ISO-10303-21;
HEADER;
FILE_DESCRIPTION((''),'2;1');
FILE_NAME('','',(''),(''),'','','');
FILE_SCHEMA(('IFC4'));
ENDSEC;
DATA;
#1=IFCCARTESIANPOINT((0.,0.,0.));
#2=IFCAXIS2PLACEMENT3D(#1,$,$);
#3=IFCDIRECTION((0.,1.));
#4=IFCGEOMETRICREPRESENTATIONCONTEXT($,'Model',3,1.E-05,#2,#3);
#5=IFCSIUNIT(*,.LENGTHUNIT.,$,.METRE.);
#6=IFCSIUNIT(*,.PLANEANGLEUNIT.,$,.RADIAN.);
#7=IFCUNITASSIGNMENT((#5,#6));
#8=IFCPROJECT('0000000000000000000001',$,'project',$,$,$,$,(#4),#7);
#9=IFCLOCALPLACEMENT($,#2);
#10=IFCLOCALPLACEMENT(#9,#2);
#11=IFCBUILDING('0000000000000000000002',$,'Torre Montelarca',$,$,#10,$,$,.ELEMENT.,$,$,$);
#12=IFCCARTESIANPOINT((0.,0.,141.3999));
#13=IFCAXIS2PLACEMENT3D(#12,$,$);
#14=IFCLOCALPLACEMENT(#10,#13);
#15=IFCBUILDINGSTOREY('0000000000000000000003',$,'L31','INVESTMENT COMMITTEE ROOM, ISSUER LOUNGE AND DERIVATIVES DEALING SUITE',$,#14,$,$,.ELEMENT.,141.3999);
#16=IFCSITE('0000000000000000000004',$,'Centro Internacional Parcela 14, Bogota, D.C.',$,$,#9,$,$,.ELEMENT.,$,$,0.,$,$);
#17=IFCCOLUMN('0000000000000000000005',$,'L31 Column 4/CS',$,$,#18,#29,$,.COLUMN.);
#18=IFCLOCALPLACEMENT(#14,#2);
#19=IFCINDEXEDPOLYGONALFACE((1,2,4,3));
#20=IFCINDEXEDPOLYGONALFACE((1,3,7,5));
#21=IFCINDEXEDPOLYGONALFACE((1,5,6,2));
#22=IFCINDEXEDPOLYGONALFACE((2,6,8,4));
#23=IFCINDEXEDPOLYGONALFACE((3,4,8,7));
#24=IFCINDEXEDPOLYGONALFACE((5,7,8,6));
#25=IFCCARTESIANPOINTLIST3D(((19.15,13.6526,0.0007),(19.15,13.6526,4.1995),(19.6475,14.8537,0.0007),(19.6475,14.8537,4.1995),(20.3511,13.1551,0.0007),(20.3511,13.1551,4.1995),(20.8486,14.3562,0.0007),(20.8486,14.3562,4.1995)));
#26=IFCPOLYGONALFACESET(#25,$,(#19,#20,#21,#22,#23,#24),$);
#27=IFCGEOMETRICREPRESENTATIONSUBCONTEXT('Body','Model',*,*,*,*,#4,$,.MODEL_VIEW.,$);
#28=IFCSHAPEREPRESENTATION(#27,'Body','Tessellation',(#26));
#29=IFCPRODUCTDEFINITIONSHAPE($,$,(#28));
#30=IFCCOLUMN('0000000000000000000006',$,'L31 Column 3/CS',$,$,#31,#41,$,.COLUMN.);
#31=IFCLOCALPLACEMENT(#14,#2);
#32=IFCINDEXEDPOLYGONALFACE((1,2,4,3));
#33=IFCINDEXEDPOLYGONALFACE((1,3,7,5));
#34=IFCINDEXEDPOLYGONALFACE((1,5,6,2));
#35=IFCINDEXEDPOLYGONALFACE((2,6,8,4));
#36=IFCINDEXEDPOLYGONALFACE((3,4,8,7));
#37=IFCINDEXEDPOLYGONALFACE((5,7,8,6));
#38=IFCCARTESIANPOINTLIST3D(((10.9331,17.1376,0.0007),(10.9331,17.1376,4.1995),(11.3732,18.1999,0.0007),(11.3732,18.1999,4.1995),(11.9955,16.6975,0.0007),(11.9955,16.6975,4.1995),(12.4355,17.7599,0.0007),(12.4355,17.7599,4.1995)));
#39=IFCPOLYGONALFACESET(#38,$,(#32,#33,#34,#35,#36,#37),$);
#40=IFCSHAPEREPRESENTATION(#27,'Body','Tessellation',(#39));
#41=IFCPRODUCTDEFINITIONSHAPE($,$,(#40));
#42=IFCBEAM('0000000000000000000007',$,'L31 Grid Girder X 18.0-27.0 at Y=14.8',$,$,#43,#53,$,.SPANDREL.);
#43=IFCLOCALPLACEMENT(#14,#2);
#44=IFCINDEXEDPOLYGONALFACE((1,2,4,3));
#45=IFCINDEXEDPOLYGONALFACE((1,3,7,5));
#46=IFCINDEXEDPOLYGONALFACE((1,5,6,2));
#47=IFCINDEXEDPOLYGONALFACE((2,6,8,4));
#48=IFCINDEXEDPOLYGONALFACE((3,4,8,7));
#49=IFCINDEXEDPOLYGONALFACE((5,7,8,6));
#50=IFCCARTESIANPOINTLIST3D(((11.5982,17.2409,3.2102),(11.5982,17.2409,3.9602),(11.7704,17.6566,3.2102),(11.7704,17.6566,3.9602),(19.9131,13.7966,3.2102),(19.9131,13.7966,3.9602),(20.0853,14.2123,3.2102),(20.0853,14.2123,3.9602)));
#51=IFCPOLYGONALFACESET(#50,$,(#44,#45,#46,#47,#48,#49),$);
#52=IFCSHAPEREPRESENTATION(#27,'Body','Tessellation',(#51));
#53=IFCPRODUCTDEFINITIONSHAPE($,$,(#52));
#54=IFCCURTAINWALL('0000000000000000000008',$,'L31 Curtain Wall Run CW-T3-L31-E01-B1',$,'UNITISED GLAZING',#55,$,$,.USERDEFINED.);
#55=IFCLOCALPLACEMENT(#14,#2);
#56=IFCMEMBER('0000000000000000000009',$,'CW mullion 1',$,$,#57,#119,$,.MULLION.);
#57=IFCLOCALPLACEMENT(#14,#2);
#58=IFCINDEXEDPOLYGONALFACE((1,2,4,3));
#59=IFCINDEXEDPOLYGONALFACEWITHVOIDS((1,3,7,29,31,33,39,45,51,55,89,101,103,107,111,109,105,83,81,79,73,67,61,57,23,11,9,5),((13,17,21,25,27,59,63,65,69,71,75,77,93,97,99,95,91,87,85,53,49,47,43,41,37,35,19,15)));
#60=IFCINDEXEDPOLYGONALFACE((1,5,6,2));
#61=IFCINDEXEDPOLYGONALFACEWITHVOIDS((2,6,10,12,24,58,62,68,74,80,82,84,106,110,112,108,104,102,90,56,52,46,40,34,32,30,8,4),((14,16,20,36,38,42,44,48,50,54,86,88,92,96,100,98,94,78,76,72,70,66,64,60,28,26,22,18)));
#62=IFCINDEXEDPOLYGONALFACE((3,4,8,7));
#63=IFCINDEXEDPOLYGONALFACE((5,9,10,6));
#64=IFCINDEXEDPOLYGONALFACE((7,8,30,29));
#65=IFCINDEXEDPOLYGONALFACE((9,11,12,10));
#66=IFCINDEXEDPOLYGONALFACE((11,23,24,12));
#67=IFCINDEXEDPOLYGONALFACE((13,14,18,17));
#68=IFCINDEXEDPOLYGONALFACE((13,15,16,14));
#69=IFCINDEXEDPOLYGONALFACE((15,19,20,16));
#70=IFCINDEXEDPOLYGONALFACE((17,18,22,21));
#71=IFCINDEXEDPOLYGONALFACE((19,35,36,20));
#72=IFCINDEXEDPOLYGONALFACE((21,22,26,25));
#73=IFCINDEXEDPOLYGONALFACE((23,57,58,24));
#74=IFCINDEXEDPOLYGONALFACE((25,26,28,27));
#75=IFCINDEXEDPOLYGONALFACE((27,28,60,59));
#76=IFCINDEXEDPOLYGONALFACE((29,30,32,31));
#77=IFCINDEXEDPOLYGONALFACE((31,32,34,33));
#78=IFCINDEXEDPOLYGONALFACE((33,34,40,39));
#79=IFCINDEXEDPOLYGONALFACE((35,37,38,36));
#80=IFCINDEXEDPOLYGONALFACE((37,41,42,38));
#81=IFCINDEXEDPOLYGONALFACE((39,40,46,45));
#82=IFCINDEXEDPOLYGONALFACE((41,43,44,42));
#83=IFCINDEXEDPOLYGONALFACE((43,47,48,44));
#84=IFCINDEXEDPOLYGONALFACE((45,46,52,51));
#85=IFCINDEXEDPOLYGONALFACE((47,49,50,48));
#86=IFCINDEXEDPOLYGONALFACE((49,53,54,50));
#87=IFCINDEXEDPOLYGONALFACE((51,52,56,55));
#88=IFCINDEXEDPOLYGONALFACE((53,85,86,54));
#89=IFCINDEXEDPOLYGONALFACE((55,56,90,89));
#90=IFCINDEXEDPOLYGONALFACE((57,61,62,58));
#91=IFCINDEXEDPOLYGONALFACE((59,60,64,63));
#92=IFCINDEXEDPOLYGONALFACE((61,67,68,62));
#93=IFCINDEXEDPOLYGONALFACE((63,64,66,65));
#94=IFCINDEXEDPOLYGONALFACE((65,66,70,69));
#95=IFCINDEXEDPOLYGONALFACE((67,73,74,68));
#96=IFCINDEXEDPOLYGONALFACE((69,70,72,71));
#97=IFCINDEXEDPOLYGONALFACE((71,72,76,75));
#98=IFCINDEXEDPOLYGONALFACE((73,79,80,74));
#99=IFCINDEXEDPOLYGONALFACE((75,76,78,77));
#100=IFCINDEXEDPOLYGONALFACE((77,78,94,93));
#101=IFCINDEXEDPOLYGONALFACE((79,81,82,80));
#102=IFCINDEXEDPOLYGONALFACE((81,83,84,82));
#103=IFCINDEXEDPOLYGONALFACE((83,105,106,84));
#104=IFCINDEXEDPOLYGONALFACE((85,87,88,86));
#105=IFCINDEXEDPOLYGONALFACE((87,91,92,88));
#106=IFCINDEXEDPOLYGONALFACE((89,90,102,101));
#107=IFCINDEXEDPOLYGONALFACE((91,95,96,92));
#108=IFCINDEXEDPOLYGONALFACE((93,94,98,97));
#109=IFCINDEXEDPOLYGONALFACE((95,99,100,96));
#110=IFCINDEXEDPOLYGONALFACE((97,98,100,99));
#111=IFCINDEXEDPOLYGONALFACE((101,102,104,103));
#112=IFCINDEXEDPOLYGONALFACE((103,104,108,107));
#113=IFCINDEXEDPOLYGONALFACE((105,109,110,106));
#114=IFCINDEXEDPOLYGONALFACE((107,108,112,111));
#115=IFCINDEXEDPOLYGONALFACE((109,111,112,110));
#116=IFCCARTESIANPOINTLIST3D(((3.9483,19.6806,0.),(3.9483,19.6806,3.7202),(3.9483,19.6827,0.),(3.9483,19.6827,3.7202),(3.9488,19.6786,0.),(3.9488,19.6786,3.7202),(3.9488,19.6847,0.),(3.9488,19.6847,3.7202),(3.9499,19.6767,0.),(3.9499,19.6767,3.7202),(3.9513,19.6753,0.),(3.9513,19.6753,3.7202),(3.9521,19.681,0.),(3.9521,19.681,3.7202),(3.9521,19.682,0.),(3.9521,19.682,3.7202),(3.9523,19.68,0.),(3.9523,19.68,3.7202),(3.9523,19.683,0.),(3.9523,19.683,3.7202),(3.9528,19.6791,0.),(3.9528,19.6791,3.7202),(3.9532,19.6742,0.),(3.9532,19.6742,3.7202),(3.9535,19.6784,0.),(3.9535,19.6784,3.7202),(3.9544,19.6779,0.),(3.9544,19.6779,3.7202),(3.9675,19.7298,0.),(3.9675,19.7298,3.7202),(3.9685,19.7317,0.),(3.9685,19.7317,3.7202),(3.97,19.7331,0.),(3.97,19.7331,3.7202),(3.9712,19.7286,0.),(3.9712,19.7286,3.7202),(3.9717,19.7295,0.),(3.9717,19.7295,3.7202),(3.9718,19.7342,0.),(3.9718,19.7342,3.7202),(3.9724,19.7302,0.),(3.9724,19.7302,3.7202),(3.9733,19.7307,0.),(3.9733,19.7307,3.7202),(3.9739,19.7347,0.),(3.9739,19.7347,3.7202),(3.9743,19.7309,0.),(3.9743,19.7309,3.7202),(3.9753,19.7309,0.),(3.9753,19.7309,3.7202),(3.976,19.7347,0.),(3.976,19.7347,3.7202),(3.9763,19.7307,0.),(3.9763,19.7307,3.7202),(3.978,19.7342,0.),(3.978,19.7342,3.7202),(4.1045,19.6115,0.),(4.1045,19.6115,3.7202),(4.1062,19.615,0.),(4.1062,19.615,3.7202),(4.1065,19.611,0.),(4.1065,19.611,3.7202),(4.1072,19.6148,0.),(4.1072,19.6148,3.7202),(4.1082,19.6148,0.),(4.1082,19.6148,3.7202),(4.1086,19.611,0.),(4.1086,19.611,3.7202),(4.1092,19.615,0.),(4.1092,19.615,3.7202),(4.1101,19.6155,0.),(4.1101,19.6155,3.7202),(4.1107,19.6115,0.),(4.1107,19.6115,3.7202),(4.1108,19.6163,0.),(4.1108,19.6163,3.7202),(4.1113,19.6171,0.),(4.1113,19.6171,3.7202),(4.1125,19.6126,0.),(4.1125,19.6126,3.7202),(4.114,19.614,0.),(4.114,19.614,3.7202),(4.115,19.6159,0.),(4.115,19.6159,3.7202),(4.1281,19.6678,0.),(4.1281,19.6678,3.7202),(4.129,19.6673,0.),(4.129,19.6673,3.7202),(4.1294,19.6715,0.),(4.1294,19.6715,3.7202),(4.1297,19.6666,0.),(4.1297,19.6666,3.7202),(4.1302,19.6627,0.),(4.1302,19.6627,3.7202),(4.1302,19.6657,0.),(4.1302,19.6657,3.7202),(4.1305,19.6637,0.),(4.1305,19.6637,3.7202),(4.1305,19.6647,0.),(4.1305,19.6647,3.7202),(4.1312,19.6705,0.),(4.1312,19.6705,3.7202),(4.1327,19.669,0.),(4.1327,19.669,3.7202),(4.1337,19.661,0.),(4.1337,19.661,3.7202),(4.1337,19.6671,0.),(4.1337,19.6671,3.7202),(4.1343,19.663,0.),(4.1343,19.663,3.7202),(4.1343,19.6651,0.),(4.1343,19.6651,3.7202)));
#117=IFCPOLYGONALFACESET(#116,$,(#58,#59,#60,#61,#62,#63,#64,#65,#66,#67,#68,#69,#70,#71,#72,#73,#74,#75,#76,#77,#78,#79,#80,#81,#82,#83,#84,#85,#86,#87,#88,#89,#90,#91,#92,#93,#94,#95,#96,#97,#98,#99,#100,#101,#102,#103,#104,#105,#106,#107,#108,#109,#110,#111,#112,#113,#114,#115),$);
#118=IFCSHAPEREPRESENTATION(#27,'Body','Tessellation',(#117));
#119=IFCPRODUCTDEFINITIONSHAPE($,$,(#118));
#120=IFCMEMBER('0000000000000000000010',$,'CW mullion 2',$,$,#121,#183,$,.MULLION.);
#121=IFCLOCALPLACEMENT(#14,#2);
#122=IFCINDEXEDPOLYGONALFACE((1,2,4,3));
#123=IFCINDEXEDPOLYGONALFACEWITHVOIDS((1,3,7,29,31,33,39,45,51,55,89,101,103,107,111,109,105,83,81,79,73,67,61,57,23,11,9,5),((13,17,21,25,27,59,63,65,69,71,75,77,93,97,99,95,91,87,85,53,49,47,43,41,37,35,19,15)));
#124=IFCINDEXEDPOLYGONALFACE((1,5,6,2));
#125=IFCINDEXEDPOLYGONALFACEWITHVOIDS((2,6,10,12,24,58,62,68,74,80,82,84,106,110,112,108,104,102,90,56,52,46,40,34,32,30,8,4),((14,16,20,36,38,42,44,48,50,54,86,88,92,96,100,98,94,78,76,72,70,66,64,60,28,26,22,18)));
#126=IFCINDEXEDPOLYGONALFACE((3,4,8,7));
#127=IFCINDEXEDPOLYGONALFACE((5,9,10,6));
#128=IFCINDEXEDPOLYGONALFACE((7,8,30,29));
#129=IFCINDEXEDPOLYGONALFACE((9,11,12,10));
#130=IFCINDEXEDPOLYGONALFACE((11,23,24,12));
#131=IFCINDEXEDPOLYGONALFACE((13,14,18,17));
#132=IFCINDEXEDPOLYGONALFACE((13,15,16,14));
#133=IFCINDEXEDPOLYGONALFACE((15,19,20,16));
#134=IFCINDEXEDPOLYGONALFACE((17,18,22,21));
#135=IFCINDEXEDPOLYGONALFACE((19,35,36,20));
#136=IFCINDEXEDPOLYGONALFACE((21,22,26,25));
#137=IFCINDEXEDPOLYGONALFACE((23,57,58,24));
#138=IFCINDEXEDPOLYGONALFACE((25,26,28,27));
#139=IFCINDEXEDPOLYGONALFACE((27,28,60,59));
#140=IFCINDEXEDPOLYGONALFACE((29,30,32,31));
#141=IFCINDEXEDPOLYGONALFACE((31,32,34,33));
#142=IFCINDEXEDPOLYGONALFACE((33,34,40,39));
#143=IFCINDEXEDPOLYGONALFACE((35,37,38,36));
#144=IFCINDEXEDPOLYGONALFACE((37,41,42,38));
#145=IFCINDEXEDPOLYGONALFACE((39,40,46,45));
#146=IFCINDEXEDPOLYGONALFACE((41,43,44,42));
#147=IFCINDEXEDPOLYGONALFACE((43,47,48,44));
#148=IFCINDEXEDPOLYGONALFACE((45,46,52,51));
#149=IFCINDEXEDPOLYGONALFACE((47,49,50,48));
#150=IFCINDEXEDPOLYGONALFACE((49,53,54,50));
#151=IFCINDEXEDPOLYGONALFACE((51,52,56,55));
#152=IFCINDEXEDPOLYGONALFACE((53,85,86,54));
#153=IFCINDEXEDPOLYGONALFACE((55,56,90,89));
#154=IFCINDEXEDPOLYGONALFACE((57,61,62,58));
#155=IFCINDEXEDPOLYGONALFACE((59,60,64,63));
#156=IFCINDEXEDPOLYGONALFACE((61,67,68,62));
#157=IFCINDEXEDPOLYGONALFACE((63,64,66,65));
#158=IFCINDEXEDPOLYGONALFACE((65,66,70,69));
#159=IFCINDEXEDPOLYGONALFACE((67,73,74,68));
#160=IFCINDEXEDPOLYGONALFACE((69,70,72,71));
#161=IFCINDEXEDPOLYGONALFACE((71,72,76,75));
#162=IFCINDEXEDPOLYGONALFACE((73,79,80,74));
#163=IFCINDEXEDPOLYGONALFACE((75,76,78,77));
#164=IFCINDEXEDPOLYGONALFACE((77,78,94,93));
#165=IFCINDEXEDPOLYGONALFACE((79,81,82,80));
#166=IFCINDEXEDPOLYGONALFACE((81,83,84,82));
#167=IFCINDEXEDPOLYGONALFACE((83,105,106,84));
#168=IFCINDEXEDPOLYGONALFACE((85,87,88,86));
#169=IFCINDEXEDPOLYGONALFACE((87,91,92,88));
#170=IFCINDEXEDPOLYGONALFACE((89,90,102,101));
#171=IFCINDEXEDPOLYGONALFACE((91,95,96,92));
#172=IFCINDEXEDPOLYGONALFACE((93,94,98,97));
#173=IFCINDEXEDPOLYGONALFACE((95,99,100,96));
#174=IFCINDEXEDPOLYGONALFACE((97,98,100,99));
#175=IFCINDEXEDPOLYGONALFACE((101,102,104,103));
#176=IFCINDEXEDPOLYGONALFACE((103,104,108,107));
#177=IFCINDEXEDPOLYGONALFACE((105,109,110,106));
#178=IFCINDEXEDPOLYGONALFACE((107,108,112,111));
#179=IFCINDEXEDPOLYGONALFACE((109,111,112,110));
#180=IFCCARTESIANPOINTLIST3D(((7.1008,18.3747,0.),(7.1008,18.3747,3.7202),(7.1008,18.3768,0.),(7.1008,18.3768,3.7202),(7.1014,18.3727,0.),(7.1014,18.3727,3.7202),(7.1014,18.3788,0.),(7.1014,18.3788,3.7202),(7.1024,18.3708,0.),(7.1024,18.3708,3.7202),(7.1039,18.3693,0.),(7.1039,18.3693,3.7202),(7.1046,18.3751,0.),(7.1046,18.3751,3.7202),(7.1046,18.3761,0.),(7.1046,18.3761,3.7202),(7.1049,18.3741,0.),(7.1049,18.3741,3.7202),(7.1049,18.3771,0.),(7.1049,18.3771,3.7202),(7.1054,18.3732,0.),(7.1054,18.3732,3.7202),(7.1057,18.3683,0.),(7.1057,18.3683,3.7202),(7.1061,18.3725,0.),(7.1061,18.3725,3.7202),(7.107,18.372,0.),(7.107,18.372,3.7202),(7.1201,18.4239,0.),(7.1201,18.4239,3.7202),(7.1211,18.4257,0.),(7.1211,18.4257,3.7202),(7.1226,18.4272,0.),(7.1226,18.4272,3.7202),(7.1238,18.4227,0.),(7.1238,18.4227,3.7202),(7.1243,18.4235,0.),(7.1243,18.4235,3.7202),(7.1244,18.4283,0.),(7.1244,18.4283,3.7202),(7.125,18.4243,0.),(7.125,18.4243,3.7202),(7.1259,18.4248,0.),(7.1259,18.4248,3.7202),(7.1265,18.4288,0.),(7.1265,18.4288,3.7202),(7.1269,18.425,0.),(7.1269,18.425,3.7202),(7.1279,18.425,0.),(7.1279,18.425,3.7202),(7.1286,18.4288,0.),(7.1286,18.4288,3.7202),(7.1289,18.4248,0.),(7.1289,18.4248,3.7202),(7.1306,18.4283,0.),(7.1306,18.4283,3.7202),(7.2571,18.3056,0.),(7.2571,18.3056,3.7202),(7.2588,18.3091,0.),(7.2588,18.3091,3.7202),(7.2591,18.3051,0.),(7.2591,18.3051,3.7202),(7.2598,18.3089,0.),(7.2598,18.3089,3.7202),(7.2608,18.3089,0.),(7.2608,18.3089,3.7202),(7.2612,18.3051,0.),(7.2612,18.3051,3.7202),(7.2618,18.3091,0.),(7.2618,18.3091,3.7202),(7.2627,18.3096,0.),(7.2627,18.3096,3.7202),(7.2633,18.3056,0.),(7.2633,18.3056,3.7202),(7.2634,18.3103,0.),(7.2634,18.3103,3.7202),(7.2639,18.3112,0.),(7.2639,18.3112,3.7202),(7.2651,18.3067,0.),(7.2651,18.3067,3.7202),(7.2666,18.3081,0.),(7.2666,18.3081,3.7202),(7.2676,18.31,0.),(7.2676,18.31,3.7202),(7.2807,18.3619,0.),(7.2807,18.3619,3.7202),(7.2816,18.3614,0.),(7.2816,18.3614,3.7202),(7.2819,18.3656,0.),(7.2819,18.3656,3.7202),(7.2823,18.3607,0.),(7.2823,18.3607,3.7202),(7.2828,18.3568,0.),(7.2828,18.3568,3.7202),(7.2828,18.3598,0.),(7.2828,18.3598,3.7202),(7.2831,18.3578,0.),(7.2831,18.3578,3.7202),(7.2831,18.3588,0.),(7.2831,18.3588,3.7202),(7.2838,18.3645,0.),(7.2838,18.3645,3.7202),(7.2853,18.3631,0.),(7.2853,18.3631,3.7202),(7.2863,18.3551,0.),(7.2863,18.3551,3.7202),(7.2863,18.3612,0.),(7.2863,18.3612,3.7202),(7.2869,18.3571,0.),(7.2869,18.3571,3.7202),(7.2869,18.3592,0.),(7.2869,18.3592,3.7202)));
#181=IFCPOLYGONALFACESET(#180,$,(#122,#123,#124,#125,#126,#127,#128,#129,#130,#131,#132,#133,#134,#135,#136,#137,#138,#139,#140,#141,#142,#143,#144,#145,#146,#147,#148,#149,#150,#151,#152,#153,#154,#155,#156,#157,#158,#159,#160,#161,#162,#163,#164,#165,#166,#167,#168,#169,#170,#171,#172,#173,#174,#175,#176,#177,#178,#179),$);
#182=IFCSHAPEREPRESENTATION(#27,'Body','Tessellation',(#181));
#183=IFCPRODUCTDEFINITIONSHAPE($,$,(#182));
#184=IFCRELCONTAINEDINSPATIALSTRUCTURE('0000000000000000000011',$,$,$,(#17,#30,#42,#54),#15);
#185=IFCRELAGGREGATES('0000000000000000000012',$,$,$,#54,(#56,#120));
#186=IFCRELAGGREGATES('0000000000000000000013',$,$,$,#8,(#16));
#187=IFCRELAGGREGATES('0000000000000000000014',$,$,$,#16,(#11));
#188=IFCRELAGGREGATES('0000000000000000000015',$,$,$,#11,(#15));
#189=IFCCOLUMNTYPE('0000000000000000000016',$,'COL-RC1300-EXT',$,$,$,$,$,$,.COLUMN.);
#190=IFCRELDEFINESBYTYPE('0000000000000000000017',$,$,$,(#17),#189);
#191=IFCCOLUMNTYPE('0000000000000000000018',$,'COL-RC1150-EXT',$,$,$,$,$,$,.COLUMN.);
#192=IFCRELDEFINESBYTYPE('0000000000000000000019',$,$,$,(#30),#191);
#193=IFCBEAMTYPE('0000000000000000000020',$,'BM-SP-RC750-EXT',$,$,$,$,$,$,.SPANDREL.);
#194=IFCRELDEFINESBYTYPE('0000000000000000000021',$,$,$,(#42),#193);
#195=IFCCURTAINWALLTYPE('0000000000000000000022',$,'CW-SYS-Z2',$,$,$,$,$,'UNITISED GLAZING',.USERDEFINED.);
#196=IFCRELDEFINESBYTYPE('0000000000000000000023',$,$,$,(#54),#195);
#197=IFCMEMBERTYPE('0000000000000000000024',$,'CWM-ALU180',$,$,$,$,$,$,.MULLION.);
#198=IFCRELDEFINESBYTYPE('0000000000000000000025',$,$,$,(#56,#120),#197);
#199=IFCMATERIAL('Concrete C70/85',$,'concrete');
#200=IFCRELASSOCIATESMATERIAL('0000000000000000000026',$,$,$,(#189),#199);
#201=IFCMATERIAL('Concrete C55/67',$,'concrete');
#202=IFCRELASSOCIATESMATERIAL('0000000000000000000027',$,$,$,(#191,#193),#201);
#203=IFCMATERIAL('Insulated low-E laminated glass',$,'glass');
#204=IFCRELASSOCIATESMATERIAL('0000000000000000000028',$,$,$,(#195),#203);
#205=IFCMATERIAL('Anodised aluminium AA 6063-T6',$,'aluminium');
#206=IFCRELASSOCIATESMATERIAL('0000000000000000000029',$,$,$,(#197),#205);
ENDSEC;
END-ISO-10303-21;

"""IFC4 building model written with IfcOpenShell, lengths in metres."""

from ifc_helpers import new_model, si_unit, direction, frame, origin, origin_2d, place, context, subcontext, project, spatial, rectangle, hollow_rectangle, extrude, source, transform, mapped, material, material_profile, profile_set, type_object, element, aggregate, save


model = new_model("IFC4")

# Units and contexts
model_context = context("Model", 3, precision=1e-05, world=origin(), true_north=direction((0.0, 1.0)))
body_context = subcontext(model_context, "Body", "Model", "MODEL_VIEW")
ifc_project = project(units=[si_unit("LENGTHUNIT", "METRE"), si_unit("PLANEANGLEUNIT", "RADIAN")], contexts=[model_context])

# Site, building, storey
site_placement = place(None, origin())
site = spatial("IfcSite", under=ifc_project, at=site_placement, Name="Centro Internacional Parcela 14, Bogota, D.C.", CompositionType="ELEMENT", RefElevation=0.0)
building_placement = place(site_placement, origin())
building = spatial("IfcBuilding", under=site, at=building_placement, Name="Torre Montelarca", CompositionType="ELEMENT")
storey_placement = place(building_placement, frame((0.0, 0.0, 141.3999)))
storey = spatial("IfcBuildingStorey", under=building, at=storey_placement, Name="L31", Description="INVESTMENT COMMITTEE ROOM, ISSUER LOUNGE AND DERIVATIVES DEALING SUITE", CompositionType="ELEMENT", Elevation=141.3999)

# Columns
ifc_material_1 = material(Name="Concrete C70/85", Category="concrete")
ifc_material_profile_1 = material_profile(ifc_material_1, rectangle(XDim=1.3, YDim=1.3, at=origin_2d()), Name="RC1300X1300", Category="concrete")
ifc_profile_set_1 = profile_set([ifc_material_profile_1], Name="Concrete C70/85")
column_type_1 = type_object("IfcColumnType", Name="COL-RC1300-EXT", PredefinedType="COLUMN", material=ifc_profile_set_1)
shared_shape_1 = source(origin(), body_context, "Body", "SweptSolid", [
    extrude(rectangle(XDim=1.3, YDim=1.3, at=origin_2d()), origin(), (0.0, 0.0, 1.0), 4.1987),
])
column_1_placement = place(storey_placement, frame((19.9993, 14.0044, 0.0007), z_axis=(0.0, 0.0, 1.0), x_axis=(-0.92388, 0.382683, 0.0)))
element("IfcColumn", 1, at=column_1_placement, inside=storey, type_object=column_type_1, Name="L31 Column 4/CS", PredefinedType="COLUMN", context=body_context, shape_type="MappedRepresentation", body=[
    mapped(shared_shape_1, transform((0.0, 0.0, 0.0), scale=1.0)),
])
ifc_material_2 = material(Name="Concrete C55/67", Category="concrete")
ifc_material_profile_2 = material_profile(ifc_material_2, rectangle(XDim=1.1499, YDim=1.1499, at=origin_2d()), Name="RC1150X1150", Category="concrete")
ifc_profile_set_2 = profile_set([ifc_material_profile_2], Name="Concrete C55/67")
column_type_2 = type_object("IfcColumnType", Name="COL-RC1150-EXT", PredefinedType="COLUMN", material=ifc_profile_set_2)
shared_shape_2 = source(origin(), body_context, "Body", "SweptSolid", [
    extrude(rectangle(XDim=1.1499, YDim=1.1499, at=origin_2d()), origin(), (0.0, 0.0, 1.0), 4.1987),
])
column_2_placement = place(storey_placement, frame((11.6843, 17.4487, 0.0007), z_axis=(0.0, 0.0, 1.0), x_axis=(-0.92388, 0.382683, 0.0)))
element("IfcColumn", 2, at=column_2_placement, inside=storey, type_object=column_type_2, Name="L31 Column 3/CS", PredefinedType="COLUMN", context=body_context, shape_type="MappedRepresentation", body=[
    mapped(shared_shape_2, transform((0.0, 0.0, 0.0), scale=1.0)),
])

# Beam
ifc_material_profile_3 = material_profile(ifc_material_2, rectangle(XDim=0.45, YDim=0.75, at=origin_2d()), Name="RCB450X750", Category="concrete")
ifc_profile_set_3 = profile_set([ifc_material_profile_3], Name="Concrete C55/67")
beam_type = type_object("IfcBeamType", Name="BM-SP-RC750-EXT", PredefinedType="SPANDREL", material=ifc_profile_set_3)
shared_shape_3 = source(origin(), body_context, "Body", "SweptSolid", [
    extrude(rectangle(XDim=0.45, YDim=0.75, at=origin_2d()), origin(), (0.0, 0.0, 1.0), 9.0),
])
beam_placement = place(storey_placement, frame((11.6843, 17.4487, 3.5852), z_axis=(0.923873, -0.3827, 0.0), x_axis=(0.3827, 0.923873, 0.0)))
element("IfcBeam", 3, at=beam_placement, inside=storey, type_object=beam_type, Name="L31 Grid Girder X 18.0-27.0 at Y=14.8", PredefinedType="SPANDREL", context=body_context, shape_type="MappedRepresentation", body=[
    mapped(shared_shape_3, transform((0.0, 0.0, 0.0), scale=1.0)),
])

# Curtain wall, members
ifc_material_3 = material(Name="Insulated low-E laminated glass", Category="glass")
curtain_wall_type = type_object("IfcCurtainWallType", Name="CW-SYS-Z2", ElementType="UNITISED GLAZING", PredefinedType="USERDEFINED", material=ifc_material_3)
curtain_wall_1_placement = place(storey_placement, origin())
curtain_wall_1 = element("IfcCurtainWall", 4, at=curtain_wall_1_placement, inside=storey, type_object=curtain_wall_type, Name="L31 Curtain Wall Run CW-T3-L31-E01-B1", ObjectType="UNITISED GLAZING", PredefinedType="USERDEFINED")
ifc_material_4 = material(Name="Anodised aluminium AA 6063-T6", Category="aluminium")
ifc_material_profile_4 = material_profile(ifc_material_4, hollow_rectangle(XDim=0.0649, YDim=0.1799, WallThickness=0.0039, InnerFilletRadius=0.0039, OuterFilletRadius=0.0081, at=origin_2d()), Name="ALU65X180X4", Category="aluminium")
ifc_profile_set_4 = profile_set([ifc_material_profile_4], Name="Anodised aluminium AA 6063-T6")
member_type_1 = type_object("IfcMemberType", Name="CWM-ALU180", PredefinedType="MULLION", material=ifc_profile_set_4)
shared_shape_4 = source(origin(), body_context, "Body", "SweptSolid", [
    extrude(hollow_rectangle(XDim=0.0649, YDim=0.1799, WallThickness=0.0039, InnerFilletRadius=0.0039, OuterFilletRadius=0.0081, at=origin_2d()), origin(), (0.0, 0.0, 1.0), 3.7202),
])
member_1_placement = place(storey_placement, frame((4.0413, 19.6729, 0.0), z_axis=(0.0, 0.0, 1.0), x_axis=(0.382691, 0.923876, 0.0)))
member_1 = element("IfcMember", 5, at=member_1_placement, type_object=member_type_1, Name="CW mullion 1", PredefinedType="MULLION", context=body_context, shape_type="MappedRepresentation", body=[
    mapped(shared_shape_4, transform((0.0, 0.0, 0.0), scale=1.0)),
])
member_2_placement = place(storey_placement, frame((7.1938, 18.3669, 0.0), z_axis=(0.0, 0.0, 1.0), x_axis=(0.382691, 0.923876, 0.0)))
member_2 = element("IfcMember", 6, at=member_2_placement, type_object=member_type_1, Name="CW mullion 2", PredefinedType="MULLION", context=body_context, shape_type="MappedRepresentation", body=[
    mapped(shared_shape_4, transform((0.0, 0.0, 0.0), scale=1.0)),
])

aggregate(curtain_wall_1, [member_1, member_2])

save(model, "model.ifc")
